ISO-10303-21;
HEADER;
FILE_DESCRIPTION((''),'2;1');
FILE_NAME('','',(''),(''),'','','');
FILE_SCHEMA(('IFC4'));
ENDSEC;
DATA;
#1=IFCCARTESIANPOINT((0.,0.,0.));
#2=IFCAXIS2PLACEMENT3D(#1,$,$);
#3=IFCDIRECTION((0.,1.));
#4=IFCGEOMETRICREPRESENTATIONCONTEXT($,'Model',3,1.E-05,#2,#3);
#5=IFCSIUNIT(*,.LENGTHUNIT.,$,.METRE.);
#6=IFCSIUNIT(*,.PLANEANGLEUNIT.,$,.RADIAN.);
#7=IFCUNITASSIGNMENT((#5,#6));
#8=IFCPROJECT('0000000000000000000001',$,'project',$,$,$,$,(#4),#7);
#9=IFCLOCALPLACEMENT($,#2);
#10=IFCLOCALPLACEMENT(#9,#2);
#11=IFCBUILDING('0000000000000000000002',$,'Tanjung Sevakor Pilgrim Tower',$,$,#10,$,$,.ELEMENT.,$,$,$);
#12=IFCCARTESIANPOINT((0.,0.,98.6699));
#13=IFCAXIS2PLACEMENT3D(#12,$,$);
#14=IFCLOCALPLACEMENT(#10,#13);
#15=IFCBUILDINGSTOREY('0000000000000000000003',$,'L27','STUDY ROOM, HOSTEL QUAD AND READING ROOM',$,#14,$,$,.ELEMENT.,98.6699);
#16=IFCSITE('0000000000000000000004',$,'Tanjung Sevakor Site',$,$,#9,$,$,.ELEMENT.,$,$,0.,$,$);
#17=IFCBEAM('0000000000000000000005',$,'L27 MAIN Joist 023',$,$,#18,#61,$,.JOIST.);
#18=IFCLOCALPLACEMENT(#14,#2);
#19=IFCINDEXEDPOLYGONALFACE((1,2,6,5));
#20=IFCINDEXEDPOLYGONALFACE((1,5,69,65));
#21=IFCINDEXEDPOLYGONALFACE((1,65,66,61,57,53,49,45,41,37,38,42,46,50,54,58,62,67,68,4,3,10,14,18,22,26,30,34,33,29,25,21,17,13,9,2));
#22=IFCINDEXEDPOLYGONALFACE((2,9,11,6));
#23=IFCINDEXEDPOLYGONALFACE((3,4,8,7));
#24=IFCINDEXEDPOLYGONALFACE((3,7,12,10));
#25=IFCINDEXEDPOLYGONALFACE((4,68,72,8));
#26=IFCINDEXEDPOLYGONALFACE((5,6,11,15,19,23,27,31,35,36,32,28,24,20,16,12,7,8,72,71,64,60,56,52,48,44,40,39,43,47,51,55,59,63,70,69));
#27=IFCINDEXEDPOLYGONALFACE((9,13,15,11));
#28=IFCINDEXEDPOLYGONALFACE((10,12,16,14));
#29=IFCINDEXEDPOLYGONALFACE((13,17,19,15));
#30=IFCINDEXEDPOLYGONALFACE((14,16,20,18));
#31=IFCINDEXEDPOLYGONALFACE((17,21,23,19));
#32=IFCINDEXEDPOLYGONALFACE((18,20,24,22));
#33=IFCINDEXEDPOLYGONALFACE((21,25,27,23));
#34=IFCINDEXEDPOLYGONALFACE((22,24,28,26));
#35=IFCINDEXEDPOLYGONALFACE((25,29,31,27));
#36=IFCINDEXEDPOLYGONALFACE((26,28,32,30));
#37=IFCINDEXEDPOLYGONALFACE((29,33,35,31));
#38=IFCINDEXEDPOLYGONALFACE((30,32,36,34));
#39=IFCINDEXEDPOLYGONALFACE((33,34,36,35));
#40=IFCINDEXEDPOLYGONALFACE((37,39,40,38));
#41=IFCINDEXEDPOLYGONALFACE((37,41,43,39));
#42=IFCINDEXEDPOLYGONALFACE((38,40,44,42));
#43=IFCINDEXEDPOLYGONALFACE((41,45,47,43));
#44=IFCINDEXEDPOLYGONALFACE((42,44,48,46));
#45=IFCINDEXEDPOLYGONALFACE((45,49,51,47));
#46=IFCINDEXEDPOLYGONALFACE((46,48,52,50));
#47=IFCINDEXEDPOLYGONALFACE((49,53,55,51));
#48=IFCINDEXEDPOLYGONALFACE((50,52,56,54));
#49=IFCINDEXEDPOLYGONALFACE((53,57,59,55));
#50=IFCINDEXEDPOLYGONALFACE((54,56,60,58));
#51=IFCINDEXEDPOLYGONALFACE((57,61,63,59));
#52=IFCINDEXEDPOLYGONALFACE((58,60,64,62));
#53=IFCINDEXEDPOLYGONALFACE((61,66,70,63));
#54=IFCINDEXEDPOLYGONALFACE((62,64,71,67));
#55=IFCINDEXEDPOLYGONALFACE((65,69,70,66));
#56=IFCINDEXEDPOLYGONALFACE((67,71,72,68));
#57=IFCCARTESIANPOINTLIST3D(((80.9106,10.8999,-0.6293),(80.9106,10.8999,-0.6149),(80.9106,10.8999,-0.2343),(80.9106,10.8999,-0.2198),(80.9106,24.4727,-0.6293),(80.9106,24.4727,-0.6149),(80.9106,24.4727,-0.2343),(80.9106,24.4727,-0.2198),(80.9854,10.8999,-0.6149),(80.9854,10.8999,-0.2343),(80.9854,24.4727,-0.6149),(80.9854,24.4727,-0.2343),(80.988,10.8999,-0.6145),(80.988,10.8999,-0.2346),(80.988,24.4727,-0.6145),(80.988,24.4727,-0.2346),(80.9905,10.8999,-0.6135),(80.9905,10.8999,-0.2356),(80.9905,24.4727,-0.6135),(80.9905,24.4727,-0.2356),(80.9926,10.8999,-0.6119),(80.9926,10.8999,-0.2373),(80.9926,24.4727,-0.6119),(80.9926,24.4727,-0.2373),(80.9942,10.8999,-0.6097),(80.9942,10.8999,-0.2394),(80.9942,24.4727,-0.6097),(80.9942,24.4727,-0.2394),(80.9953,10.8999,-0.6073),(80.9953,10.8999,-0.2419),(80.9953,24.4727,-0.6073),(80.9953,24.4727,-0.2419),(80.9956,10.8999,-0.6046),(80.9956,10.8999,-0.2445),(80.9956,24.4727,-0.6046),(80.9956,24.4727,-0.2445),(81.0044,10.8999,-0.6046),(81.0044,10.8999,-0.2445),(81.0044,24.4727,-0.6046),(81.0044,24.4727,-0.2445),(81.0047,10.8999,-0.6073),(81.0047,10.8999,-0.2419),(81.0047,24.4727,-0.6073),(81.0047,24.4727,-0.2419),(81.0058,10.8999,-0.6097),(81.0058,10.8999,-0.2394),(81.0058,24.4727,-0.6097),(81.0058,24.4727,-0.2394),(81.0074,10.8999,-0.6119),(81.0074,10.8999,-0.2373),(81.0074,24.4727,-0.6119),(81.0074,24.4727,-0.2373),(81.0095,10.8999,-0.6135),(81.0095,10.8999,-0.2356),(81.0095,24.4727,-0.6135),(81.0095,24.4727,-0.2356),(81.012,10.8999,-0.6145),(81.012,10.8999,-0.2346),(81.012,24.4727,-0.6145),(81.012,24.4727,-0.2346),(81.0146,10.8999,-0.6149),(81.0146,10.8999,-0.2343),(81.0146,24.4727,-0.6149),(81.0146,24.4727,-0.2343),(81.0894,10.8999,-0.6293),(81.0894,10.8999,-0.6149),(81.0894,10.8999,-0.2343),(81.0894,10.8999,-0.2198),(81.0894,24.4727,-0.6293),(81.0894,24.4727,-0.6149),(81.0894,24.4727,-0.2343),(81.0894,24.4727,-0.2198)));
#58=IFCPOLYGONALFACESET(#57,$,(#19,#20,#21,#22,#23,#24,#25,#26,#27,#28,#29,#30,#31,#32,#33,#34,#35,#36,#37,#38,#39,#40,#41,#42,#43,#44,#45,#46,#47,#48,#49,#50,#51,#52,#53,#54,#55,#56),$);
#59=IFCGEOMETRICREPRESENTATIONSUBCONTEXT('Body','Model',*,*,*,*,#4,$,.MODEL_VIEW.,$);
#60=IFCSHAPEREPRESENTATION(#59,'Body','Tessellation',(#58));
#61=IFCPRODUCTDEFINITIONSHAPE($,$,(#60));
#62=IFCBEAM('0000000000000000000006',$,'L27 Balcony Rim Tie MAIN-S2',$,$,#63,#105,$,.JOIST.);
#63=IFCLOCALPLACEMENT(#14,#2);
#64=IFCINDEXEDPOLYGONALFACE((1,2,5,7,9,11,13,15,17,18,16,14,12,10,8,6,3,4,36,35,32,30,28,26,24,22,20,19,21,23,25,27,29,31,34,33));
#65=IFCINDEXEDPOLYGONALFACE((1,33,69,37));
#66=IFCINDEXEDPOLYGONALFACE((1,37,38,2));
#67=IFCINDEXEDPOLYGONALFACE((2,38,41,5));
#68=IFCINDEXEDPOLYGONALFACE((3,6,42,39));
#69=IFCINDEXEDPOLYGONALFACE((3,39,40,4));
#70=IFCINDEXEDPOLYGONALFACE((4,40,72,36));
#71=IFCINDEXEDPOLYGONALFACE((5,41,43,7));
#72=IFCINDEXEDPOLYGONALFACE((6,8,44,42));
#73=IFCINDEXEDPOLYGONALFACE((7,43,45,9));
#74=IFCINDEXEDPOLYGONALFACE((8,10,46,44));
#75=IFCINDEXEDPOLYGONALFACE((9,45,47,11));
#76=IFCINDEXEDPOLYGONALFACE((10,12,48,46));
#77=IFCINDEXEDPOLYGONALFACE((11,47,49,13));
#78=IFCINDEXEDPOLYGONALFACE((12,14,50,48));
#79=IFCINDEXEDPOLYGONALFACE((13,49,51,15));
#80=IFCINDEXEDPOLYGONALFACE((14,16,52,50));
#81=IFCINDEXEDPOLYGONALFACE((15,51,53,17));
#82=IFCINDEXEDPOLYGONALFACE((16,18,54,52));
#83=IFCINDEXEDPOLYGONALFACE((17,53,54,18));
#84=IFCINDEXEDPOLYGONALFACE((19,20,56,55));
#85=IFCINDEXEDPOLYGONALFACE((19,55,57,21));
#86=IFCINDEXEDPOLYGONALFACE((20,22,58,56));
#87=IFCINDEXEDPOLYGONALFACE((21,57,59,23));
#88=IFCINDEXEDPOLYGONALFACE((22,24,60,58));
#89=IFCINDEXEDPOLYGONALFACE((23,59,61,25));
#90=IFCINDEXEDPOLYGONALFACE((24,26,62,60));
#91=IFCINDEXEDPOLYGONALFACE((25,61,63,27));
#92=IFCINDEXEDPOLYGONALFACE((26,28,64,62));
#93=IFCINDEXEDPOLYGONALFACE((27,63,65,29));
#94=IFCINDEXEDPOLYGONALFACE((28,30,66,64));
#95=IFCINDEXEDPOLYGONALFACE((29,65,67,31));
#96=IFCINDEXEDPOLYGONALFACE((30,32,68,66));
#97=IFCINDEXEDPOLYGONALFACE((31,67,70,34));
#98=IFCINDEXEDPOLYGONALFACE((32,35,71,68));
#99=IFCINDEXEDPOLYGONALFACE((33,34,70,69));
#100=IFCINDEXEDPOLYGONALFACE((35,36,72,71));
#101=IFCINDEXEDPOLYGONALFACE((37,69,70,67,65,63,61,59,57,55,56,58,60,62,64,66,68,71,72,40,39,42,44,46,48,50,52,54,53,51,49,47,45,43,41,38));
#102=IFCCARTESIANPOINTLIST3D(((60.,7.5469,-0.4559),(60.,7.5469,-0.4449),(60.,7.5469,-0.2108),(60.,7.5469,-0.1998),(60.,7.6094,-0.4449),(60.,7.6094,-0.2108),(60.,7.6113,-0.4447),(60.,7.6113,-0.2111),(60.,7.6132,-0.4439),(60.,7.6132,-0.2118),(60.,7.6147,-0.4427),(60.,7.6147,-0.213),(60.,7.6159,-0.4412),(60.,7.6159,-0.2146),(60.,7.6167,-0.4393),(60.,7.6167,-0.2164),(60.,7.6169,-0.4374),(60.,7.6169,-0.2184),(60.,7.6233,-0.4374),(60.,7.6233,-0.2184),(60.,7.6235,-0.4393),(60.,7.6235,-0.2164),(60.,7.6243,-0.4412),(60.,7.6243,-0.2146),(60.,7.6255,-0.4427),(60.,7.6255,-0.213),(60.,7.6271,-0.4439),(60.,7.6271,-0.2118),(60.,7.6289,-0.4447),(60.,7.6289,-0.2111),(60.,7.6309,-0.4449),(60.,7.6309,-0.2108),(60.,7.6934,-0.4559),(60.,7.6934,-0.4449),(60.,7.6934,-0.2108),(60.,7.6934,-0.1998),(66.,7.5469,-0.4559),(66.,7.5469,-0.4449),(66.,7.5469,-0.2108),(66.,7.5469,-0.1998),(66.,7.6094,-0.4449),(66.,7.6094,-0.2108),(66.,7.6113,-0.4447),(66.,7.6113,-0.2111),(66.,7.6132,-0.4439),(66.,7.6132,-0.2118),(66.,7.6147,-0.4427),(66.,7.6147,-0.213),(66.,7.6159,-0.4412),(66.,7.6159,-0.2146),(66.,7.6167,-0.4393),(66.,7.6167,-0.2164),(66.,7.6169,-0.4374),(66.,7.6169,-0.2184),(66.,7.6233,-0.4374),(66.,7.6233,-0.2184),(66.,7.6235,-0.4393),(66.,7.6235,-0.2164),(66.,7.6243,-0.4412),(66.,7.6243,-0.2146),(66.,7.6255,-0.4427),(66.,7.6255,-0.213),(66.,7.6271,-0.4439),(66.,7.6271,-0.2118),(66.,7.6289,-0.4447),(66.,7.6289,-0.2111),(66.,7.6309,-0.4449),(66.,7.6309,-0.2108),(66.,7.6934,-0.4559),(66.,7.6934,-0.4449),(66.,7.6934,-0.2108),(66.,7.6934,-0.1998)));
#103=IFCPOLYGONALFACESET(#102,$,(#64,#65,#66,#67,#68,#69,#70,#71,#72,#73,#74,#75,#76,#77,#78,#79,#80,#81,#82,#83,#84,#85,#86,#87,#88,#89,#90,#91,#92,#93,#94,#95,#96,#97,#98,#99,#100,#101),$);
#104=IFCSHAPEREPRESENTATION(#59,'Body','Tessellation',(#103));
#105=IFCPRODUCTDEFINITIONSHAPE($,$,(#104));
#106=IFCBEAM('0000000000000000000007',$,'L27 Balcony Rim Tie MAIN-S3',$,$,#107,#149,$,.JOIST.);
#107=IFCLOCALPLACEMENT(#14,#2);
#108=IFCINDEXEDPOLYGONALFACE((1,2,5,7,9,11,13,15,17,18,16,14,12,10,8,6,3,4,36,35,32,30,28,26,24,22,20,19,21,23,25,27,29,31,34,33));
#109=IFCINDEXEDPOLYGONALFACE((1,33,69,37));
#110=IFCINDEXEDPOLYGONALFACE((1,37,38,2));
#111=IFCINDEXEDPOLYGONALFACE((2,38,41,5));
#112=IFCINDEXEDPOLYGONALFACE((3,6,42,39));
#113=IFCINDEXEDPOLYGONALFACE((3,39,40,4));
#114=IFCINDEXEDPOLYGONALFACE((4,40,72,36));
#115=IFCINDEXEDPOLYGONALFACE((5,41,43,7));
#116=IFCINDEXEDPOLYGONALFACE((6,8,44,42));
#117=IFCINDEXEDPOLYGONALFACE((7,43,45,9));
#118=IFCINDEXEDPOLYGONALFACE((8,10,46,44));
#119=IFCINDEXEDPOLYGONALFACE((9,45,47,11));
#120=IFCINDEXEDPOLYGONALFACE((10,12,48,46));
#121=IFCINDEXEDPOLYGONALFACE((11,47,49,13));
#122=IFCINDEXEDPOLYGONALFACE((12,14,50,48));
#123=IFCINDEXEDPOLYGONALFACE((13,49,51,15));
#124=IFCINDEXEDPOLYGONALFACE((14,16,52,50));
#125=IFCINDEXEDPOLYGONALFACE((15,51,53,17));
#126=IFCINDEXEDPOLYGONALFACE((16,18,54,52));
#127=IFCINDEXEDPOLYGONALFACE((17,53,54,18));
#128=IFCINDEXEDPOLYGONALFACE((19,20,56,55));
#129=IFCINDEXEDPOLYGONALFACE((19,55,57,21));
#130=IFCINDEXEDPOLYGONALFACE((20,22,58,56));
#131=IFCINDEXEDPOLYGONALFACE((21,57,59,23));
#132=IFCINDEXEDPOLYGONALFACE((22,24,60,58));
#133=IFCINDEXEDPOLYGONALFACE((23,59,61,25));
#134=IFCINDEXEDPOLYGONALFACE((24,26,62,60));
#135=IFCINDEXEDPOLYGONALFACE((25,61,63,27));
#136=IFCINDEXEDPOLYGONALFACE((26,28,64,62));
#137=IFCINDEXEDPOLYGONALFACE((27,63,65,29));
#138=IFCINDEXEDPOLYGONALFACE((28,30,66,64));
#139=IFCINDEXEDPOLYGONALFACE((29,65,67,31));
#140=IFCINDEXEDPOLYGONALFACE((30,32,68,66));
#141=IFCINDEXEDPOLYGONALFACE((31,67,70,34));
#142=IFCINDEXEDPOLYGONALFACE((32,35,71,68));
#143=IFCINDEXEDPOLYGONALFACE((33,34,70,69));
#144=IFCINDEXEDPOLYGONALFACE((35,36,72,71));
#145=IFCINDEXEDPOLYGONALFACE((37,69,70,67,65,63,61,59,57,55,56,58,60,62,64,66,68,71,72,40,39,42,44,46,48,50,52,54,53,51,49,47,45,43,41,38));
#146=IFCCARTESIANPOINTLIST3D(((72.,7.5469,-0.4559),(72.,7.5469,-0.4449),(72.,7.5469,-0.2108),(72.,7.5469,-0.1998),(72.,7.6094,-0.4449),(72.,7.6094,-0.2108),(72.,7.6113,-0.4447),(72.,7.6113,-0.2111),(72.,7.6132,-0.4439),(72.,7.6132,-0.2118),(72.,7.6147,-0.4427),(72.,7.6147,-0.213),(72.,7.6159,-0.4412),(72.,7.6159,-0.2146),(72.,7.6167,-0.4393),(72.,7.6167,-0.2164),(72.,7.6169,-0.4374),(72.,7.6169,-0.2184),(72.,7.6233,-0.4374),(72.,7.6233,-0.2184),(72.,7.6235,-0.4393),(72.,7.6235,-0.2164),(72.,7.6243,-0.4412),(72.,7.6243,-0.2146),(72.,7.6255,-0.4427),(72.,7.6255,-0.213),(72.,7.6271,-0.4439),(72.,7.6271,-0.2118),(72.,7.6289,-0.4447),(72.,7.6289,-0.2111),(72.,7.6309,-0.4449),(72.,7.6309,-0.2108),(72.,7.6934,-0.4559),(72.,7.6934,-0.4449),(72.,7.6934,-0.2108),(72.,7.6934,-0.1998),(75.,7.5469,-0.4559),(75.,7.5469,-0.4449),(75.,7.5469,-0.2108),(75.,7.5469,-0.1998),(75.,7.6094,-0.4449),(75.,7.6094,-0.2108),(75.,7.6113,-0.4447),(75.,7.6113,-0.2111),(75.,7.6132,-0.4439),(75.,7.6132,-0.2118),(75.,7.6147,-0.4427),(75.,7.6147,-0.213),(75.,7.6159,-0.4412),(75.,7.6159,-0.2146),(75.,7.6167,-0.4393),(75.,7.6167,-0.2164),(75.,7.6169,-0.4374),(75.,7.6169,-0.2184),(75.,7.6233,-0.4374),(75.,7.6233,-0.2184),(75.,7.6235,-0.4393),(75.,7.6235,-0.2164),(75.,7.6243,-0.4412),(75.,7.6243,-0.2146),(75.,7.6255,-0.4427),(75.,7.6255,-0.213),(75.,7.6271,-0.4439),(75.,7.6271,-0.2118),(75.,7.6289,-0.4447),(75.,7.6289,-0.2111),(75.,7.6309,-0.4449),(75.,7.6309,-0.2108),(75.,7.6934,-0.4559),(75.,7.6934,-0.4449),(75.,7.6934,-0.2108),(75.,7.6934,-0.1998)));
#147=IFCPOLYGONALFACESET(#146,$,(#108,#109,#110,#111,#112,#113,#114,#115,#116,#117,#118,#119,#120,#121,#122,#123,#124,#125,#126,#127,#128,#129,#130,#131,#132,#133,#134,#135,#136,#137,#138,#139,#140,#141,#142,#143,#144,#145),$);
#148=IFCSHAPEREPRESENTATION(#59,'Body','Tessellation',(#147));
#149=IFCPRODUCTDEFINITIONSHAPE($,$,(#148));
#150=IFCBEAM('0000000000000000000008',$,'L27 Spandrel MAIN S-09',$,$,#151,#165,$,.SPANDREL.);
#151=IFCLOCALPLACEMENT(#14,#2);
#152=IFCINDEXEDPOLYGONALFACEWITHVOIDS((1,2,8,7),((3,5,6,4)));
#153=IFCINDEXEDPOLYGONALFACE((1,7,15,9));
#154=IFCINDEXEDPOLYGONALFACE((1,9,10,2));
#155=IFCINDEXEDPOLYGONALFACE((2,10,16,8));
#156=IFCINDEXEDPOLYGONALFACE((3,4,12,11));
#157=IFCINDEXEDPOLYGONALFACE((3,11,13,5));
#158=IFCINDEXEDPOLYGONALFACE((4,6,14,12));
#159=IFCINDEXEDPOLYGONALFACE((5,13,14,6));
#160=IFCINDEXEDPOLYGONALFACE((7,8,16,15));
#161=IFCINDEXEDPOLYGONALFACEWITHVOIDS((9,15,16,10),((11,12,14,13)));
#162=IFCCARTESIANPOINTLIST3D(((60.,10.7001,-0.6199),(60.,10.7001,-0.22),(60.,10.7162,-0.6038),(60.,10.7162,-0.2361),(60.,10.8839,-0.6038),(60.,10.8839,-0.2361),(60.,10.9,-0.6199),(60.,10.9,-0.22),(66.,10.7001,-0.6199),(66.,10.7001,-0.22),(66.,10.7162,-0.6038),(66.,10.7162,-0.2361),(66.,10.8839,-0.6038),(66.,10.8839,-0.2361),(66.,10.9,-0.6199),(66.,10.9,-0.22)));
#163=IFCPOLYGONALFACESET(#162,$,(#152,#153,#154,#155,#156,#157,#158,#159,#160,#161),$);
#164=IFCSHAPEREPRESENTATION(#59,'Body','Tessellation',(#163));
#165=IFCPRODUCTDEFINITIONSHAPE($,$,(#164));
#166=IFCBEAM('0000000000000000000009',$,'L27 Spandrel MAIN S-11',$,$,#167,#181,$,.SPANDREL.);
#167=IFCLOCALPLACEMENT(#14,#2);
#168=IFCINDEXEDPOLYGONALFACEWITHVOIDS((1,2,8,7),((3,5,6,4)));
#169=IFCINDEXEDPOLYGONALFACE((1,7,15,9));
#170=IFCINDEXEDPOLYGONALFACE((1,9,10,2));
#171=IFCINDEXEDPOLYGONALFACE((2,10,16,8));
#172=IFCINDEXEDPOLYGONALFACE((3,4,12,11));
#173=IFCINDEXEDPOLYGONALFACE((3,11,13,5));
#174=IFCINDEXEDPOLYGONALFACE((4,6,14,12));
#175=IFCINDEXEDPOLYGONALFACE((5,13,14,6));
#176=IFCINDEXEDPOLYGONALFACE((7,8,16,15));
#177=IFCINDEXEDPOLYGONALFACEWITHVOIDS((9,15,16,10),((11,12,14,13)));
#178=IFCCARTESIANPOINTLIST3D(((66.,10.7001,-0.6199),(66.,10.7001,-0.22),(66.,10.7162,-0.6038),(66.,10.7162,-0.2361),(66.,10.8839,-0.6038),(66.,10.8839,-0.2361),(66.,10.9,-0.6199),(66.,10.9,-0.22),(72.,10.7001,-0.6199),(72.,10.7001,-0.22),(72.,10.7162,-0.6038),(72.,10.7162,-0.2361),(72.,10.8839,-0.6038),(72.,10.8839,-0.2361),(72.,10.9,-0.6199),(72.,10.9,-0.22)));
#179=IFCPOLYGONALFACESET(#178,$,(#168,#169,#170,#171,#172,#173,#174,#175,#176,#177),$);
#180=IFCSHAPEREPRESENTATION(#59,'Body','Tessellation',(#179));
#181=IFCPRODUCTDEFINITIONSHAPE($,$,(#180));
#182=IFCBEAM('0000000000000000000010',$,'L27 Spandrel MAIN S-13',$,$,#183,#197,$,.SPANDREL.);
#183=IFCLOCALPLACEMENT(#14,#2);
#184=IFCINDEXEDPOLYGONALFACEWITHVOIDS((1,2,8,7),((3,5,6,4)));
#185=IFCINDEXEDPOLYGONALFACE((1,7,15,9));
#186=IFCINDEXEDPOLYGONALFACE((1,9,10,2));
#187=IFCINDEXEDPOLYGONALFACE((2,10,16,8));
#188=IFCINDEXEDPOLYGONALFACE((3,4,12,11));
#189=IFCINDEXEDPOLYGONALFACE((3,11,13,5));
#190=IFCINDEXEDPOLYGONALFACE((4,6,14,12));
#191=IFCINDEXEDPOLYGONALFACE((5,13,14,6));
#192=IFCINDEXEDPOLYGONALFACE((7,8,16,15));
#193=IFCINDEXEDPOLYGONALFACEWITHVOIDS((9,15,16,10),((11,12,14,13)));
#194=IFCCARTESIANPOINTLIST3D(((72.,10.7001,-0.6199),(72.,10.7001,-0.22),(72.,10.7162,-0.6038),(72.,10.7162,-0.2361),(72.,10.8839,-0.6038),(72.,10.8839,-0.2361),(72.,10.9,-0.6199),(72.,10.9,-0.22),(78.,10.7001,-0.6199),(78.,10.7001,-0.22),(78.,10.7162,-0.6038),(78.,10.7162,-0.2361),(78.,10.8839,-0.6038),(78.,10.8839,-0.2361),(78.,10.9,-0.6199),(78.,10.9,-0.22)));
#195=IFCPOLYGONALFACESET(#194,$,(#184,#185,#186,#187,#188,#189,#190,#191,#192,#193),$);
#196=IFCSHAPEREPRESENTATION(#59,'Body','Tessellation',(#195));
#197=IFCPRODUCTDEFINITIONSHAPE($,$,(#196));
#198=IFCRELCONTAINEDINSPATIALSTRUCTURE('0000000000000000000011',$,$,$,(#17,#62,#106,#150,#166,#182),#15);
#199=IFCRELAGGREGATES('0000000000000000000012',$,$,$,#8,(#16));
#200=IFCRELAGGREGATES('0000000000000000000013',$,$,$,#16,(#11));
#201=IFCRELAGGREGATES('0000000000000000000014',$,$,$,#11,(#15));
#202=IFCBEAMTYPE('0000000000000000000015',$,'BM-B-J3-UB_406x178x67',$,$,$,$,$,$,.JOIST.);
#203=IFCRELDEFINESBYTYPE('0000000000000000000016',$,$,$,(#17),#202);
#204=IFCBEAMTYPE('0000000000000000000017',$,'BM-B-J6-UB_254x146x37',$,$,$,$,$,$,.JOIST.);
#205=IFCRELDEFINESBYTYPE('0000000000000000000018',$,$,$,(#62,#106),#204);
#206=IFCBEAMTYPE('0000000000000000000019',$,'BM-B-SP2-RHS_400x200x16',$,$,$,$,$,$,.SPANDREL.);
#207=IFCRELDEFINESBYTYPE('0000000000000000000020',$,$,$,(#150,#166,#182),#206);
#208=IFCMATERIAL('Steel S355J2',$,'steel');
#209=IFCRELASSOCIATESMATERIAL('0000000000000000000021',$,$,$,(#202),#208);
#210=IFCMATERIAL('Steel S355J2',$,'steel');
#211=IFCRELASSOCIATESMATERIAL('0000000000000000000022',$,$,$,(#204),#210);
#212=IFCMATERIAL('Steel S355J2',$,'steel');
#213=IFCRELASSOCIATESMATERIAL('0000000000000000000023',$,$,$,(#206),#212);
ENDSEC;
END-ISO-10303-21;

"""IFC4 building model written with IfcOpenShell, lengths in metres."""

from ifc_helpers import new_model, si_unit, direction, frame, origin, origin_2d, place, context, subcontext, project, spatial, hollow_rectangle, i_section, extrude, material, material_profile, profile_set, type_object, element, save


model = new_model("IFC4")

# Units and contexts
model_context = context("Model", 3, precision=1e-05, world=origin(), true_north=direction((0.0, 1.0)))
body_context = subcontext(model_context, "Body", "Model", "MODEL_VIEW")
ifc_project = project(units=[si_unit("LENGTHUNIT", "METRE"), si_unit("PLANEANGLEUNIT", "RADIAN")], contexts=[model_context])

# Site, building, storey
site_placement = place(None, origin())
site = spatial("IfcSite", under=ifc_project, at=site_placement, Name="Tanjung Sevakor Site", CompositionType="ELEMENT", RefElevation=0.0)
building_placement = place(site_placement, origin())
building = spatial("IfcBuilding", under=site, at=building_placement, Name="Tanjung Sevakor Pilgrim Tower", CompositionType="ELEMENT")
storey_placement = place(building_placement, frame((0.0, 0.0, 98.6699)))
storey = spatial("IfcBuildingStorey", under=building, at=storey_placement, Name="L27", Description="STUDY ROOM, HOSTEL QUAD AND READING ROOM", CompositionType="ELEMENT", Elevation=98.6699)

# Beams
ifc_material_1 = material(Name="Steel S355J2", Category="steel")
ifc_material_profile_1 = material_profile(ifc_material_1, i_section(OverallWidth=0.1787, OverallDepth=0.4094, WebThickness=0.0088, FlangeThickness=0.0144, FilletRadius=0.0103, at=origin_2d()))
ifc_profile_set_1 = profile_set([ifc_material_profile_1], Name="Steel S355J2")
beam_type_1 = type_object("IfcBeamType", Name="BM-B-J3-UB_406x178x67", PredefinedType="JOIST", material=ifc_profile_set_1)
for number, where, z_axis, x_axis, name in (
    (1, (81.0, 10.8999, -0.4246), (0.0, 1.0, 0.0), (-1.0, 0.0, 0.0), "L27 MAIN Joist 023"),
):
    element("IfcBeam", number, at=place(storey_placement, frame(where, z_axis=z_axis, x_axis=x_axis)), inside=storey, type_object=beam_type_1, Name=name, PredefinedType="JOIST", context=body_context, shape_type="SweptSolid", body=[
        extrude(i_section(OverallWidth=0.1787, OverallDepth=0.4094, WebThickness=0.0088, FlangeThickness=0.0144, FilletRadius=0.0103, at=origin_2d()), origin(), (0.0, 0.0, 1.0), 13.5728),
    ])
ifc_material_2 = material(Name="Steel S355J2", Category="steel")
ifc_material_profile_2 = material_profile(ifc_material_2, i_section(OverallWidth=0.1465, OverallDepth=0.2561, WebThickness=0.0063, FlangeThickness=0.011, FilletRadius=0.0076, at=origin_2d()))
ifc_profile_set_2 = profile_set([ifc_material_profile_2], Name="Steel S355J2")
beam_type_2 = type_object("IfcBeamType", Name="BM-B-J6-UB_254x146x37", PredefinedType="JOIST", material=ifc_profile_set_2)
beam_1_placement = place(storey_placement, frame((60.0, 7.6201, -0.3279), z_axis=(1.0, 0.0, 0.0), x_axis=(0.0, 1.0, 0.0)))
element("IfcBeam", 2, at=beam_1_placement, inside=storey, type_object=beam_type_2, Name="L27 Balcony Rim Tie MAIN-S2", PredefinedType="JOIST", context=body_context, shape_type="SweptSolid", body=[
    extrude(i_section(OverallWidth=0.1465, OverallDepth=0.2561, WebThickness=0.0063, FlangeThickness=0.011, FilletRadius=0.0076, at=origin_2d()), origin(), (0.0, 0.0, 1.0), 6.0),
])
beam_2_placement = place(storey_placement, frame((72.0, 7.6201, -0.3279), z_axis=(1.0, 0.0, 0.0), x_axis=(0.0, 1.0, 0.0)))
element("IfcBeam", 3, at=beam_2_placement, inside=storey, type_object=beam_type_2, Name="L27 Balcony Rim Tie MAIN-S3", PredefinedType="JOIST", context=body_context, shape_type="SweptSolid", body=[
    extrude(i_section(OverallWidth=0.1465, OverallDepth=0.2561, WebThickness=0.0063, FlangeThickness=0.011, FilletRadius=0.0076, at=origin_2d()), origin(), (0.0, 0.0, 1.0), 3.0),
])
ifc_material_3 = material(Name="Steel S355J2", Category="steel")
ifc_material_profile_3 = material_profile(ifc_material_3, hollow_rectangle(XDim=0.2, YDim=0.3999, WallThickness=0.0161, at=origin_2d()))
ifc_profile_set_3 = profile_set([ifc_material_profile_3], Name="Steel S355J2")
beam_type_3 = type_object("IfcBeamType", Name="BM-B-SP2-RHS_400x200x16", PredefinedType="SPANDREL", material=ifc_profile_set_3)
for number, where, z_axis, x_axis, name in (
    (4, (60.0, 10.8, -0.4199), (1.0, 0.0, 0.0), (0.0, 1.0, 0.0), "L27 Spandrel MAIN S-09"),
    (5, (66.0, 10.8, -0.4199), (1.0, 0.0, 0.0), (0.0, 1.0, 0.0), "L27 Spandrel MAIN S-11"),
    (6, (72.0, 10.8, -0.4199), (1.0, 0.0, 0.0), (0.0, 1.0, 0.0), "L27 Spandrel MAIN S-13"),
):
    element("IfcBeam", number, at=place(storey_placement, frame(where, z_axis=z_axis, x_axis=x_axis)), inside=storey, type_object=beam_type_3, Name=name, PredefinedType="SPANDREL", context=body_context, shape_type="SweptSolid", body=[
        extrude(hollow_rectangle(XDim=0.2, YDim=0.3999, WallThickness=0.0161, at=origin_2d()), origin(), (0.0, 0.0, 1.0), 6.0),
    ])

save(model, "model.ifc")
